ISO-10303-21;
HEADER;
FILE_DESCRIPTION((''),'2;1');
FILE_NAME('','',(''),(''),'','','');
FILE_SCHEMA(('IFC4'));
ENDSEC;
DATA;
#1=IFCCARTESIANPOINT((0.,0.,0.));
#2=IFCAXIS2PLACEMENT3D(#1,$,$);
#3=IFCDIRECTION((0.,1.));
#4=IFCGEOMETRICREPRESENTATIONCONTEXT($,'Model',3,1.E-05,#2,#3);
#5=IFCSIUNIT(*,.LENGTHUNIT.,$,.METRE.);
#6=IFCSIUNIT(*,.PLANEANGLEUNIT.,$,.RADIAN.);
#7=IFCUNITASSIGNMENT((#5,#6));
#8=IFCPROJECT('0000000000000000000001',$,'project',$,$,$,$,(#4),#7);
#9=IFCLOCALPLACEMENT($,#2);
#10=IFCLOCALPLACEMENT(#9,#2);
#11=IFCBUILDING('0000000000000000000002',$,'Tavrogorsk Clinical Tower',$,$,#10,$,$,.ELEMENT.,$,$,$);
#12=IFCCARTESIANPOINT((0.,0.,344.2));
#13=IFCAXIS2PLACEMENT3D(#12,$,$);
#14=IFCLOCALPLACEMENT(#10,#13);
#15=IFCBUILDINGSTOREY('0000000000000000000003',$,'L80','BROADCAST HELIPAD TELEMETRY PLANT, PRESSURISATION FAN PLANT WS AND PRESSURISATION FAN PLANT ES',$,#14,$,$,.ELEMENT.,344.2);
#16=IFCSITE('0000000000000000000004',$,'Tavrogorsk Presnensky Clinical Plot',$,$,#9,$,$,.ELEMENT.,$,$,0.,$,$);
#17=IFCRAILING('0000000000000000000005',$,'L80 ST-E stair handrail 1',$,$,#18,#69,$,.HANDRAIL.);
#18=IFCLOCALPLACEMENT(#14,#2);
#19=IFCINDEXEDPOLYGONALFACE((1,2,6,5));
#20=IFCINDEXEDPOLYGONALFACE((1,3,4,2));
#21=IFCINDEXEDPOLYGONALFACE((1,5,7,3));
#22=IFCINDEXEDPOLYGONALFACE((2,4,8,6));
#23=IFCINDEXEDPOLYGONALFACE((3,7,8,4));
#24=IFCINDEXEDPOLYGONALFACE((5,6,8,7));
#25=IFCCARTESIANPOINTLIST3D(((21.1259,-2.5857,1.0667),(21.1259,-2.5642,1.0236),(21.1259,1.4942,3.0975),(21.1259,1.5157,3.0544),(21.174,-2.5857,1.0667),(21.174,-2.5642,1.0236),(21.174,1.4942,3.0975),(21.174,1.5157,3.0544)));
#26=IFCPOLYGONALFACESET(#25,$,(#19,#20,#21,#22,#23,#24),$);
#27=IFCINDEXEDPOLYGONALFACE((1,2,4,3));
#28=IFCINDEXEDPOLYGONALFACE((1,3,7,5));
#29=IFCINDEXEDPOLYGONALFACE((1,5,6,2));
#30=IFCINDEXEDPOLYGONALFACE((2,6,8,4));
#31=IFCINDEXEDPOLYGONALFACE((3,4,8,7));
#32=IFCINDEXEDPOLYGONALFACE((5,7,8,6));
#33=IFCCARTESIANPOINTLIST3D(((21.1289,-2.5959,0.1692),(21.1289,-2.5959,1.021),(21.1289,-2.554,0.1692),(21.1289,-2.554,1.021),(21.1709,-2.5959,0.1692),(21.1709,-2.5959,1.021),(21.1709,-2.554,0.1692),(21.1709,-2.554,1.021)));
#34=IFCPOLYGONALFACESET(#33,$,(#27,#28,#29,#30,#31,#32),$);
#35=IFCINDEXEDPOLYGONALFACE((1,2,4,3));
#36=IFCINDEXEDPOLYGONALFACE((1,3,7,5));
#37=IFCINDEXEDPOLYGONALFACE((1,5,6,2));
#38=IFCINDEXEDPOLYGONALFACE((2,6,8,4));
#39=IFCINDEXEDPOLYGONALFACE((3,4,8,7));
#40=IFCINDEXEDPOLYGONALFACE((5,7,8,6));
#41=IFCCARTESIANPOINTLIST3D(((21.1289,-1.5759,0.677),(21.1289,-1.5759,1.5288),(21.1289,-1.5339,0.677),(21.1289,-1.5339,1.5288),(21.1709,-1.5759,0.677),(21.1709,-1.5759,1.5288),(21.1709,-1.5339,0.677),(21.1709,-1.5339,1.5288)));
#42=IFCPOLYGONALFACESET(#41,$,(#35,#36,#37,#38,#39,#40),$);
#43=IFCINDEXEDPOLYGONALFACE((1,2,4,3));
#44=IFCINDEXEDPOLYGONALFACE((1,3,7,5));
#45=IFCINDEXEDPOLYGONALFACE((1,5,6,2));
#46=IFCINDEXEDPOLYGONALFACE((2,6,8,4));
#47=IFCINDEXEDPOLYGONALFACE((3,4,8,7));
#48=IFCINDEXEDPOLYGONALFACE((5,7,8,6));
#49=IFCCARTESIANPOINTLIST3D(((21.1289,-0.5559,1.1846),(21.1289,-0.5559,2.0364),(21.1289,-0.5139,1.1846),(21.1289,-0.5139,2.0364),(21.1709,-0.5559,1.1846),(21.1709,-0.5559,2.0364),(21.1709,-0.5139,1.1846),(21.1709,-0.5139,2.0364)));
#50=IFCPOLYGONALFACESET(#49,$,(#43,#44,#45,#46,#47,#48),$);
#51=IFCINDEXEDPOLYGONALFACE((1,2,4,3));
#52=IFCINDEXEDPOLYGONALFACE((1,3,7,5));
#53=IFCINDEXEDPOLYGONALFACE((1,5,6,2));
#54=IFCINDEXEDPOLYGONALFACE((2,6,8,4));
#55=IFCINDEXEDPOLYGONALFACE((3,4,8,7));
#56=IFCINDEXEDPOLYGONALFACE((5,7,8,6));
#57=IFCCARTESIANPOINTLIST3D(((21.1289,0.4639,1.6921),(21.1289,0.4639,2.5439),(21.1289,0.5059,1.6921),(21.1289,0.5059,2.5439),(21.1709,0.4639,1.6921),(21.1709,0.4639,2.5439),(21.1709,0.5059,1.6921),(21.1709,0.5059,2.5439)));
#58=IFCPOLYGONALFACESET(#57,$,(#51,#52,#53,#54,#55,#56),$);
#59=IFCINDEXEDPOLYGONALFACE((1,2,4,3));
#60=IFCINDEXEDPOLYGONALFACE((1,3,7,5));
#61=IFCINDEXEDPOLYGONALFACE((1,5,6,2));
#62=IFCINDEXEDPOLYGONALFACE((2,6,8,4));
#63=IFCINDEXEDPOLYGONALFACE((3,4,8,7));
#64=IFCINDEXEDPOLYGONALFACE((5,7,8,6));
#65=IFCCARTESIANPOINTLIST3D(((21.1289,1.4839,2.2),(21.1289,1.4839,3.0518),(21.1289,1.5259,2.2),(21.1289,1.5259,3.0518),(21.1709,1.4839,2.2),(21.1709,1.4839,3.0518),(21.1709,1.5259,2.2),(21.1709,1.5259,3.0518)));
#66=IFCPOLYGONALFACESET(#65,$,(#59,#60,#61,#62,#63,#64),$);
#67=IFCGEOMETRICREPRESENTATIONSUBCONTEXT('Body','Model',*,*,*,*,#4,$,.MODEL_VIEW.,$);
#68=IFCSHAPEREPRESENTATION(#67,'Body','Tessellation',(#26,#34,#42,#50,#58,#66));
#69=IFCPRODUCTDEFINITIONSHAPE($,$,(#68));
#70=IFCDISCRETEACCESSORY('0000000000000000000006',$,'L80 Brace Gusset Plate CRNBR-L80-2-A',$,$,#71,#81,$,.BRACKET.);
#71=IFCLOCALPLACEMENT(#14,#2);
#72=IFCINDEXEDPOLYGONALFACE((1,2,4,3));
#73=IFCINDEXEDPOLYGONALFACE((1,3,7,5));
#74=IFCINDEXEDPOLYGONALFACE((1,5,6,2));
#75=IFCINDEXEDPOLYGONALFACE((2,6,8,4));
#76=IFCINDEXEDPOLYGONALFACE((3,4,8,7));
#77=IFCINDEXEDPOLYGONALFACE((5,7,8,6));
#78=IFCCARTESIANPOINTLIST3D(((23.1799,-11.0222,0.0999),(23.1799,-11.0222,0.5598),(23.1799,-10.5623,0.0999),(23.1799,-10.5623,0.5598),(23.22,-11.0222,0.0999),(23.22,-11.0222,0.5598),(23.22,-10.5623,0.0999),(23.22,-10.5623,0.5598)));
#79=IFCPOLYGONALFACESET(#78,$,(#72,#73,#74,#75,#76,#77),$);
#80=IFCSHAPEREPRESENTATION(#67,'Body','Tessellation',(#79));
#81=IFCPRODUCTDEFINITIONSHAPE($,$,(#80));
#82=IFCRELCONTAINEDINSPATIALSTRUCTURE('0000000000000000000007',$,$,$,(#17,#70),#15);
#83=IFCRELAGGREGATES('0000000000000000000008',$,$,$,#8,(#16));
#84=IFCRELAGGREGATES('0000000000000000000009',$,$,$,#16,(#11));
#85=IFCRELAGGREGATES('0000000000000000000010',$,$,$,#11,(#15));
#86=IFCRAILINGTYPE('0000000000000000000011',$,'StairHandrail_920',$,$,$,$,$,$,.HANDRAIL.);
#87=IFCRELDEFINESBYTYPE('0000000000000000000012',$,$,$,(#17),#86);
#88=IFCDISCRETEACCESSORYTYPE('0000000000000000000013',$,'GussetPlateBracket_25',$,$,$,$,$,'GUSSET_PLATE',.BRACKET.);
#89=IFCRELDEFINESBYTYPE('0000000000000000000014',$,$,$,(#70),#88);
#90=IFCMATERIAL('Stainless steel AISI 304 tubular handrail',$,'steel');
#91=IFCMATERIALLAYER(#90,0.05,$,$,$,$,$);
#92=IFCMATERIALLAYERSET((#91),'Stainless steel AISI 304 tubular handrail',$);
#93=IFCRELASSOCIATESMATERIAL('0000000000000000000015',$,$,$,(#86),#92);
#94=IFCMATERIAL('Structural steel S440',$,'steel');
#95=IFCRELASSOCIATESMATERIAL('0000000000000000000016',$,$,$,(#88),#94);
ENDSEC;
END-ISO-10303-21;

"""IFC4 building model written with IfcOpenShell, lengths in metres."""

from ifc_helpers import new_model, si_unit, direction, frame, origin, origin_2d, place, context, subcontext, project, spatial, rectangle, extrude, material, layer, layer_set, type_object, element, save


model = new_model("IFC4")

# Units and contexts
model_context = context("Model", 3, precision=1e-05, world=origin(), true_north=direction((0.0, 1.0)))
body_context = subcontext(model_context, "Body", "Model", "MODEL_VIEW")
ifc_project = project(units=[si_unit("LENGTHUNIT", "METRE"), si_unit("PLANEANGLEUNIT", "RADIAN")], contexts=[model_context])

# Site, building, storey
site_placement = place(None, origin())
site = spatial("IfcSite", under=ifc_project, at=site_placement, Name="Tavrogorsk Presnensky Clinical Plot", CompositionType="ELEMENT", RefElevation=0.0)
building_placement = place(site_placement, origin())
building = spatial("IfcBuilding", under=site, at=building_placement, Name="Tavrogorsk Clinical Tower", CompositionType="ELEMENT")
storey_placement = place(building_placement, frame((0.0, 0.0, 344.2)))
storey = spatial("IfcBuildingStorey", under=building, at=storey_placement, Name="L80", Description="BROADCAST HELIPAD TELEMETRY PLANT, PRESSURISATION FAN PLANT WS AND PRESSURISATION FAN PLANT ES", CompositionType="ELEMENT", Elevation=344.2)

# Railing
ifc_material_1 = material(Name="Stainless steel AISI 304 tubular handrail", Category="steel")
ifc_layer_1 = layer(ifc_material_1, 0.05)
ifc_layer_set_1 = layer_set([ifc_layer_1], Name="Stainless steel AISI 304 tubular handrail")
railing_type_1 = type_object("IfcRailingType", Name="StairHandrail_920", PredefinedType="HANDRAIL", material=ifc_layer_set_1)
railing_1_placement = place(storey_placement, frame((21.1499, -2.575, 0.1692)))
element("IfcRailing", 1, at=railing_1_placement, inside=storey, type_object=railing_type_1, Name="L80 ST-E stair handrail 1", PredefinedType="HANDRAIL", context=body_context, shape_type="SweptSolid", body=[
    extrude(rectangle(XDim=0.0481, YDim=0.0481, at=origin_2d()), frame((0.0, 0.0, 0.876), z_axis=(0.0, 0.895229, 0.445606), x_axis=(-1.0, 0.0, 0.0)), (0.0, 0.0, 1.0), 4.5574),
    extrude(rectangle(XDim=0.042, YDim=0.042, at=origin_2d()), origin(), (0.0, 0.0, 1.0), 0.8518),
    extrude(rectangle(XDim=0.042, YDim=0.042, at=origin_2d()), frame((0.0, 1.02, 0.5078)), (0.0, 0.0, 1.0), 0.8518),
    extrude(rectangle(XDim=0.042, YDim=0.042, at=origin_2d()), frame((0.0, 2.04, 1.0154)), (0.0, 0.0, 1.0), 0.8518),
    extrude(rectangle(XDim=0.042, YDim=0.042, at=origin_2d()), frame((0.0, 3.0598, 1.5229)), (0.0, 0.0, 1.0), 0.8518),
    extrude(rectangle(XDim=0.042, YDim=0.042, at=origin_2d()), frame((0.0, 4.0798, 2.0308)), (0.0, 0.0, 1.0), 0.8518),
])

# Discrete accessory
ifc_material_2 = material(Name="Structural steel S440", Category="steel")
discrete_accessory_type = type_object("IfcDiscreteAccessoryType", Name="GussetPlateBracket_25", ElementType="GUSSET_PLATE", PredefinedType="BRACKET", material=ifc_material_2)
discrete_accessory_placement = place(storey_placement, frame((23.2, -10.7922, 0.0999), z_axis=(0.0, 0.0, 1.0), x_axis=(0.0, 1.0, 0.0)))
element("IfcDiscreteAccessory", 2, at=discrete_accessory_placement, inside=storey, type_object=discrete_accessory_type, Name="L80 Brace Gusset Plate CRNBR-L80-2-A", PredefinedType="BRACKET", context=body_context, shape_type="SweptSolid", body=[
    extrude(rectangle(XDim=0.46, YDim=0.04, at=origin_2d()), origin(), (0.0, 0.0, 1.0), 0.46),
])

save(model, "model.ifc")
